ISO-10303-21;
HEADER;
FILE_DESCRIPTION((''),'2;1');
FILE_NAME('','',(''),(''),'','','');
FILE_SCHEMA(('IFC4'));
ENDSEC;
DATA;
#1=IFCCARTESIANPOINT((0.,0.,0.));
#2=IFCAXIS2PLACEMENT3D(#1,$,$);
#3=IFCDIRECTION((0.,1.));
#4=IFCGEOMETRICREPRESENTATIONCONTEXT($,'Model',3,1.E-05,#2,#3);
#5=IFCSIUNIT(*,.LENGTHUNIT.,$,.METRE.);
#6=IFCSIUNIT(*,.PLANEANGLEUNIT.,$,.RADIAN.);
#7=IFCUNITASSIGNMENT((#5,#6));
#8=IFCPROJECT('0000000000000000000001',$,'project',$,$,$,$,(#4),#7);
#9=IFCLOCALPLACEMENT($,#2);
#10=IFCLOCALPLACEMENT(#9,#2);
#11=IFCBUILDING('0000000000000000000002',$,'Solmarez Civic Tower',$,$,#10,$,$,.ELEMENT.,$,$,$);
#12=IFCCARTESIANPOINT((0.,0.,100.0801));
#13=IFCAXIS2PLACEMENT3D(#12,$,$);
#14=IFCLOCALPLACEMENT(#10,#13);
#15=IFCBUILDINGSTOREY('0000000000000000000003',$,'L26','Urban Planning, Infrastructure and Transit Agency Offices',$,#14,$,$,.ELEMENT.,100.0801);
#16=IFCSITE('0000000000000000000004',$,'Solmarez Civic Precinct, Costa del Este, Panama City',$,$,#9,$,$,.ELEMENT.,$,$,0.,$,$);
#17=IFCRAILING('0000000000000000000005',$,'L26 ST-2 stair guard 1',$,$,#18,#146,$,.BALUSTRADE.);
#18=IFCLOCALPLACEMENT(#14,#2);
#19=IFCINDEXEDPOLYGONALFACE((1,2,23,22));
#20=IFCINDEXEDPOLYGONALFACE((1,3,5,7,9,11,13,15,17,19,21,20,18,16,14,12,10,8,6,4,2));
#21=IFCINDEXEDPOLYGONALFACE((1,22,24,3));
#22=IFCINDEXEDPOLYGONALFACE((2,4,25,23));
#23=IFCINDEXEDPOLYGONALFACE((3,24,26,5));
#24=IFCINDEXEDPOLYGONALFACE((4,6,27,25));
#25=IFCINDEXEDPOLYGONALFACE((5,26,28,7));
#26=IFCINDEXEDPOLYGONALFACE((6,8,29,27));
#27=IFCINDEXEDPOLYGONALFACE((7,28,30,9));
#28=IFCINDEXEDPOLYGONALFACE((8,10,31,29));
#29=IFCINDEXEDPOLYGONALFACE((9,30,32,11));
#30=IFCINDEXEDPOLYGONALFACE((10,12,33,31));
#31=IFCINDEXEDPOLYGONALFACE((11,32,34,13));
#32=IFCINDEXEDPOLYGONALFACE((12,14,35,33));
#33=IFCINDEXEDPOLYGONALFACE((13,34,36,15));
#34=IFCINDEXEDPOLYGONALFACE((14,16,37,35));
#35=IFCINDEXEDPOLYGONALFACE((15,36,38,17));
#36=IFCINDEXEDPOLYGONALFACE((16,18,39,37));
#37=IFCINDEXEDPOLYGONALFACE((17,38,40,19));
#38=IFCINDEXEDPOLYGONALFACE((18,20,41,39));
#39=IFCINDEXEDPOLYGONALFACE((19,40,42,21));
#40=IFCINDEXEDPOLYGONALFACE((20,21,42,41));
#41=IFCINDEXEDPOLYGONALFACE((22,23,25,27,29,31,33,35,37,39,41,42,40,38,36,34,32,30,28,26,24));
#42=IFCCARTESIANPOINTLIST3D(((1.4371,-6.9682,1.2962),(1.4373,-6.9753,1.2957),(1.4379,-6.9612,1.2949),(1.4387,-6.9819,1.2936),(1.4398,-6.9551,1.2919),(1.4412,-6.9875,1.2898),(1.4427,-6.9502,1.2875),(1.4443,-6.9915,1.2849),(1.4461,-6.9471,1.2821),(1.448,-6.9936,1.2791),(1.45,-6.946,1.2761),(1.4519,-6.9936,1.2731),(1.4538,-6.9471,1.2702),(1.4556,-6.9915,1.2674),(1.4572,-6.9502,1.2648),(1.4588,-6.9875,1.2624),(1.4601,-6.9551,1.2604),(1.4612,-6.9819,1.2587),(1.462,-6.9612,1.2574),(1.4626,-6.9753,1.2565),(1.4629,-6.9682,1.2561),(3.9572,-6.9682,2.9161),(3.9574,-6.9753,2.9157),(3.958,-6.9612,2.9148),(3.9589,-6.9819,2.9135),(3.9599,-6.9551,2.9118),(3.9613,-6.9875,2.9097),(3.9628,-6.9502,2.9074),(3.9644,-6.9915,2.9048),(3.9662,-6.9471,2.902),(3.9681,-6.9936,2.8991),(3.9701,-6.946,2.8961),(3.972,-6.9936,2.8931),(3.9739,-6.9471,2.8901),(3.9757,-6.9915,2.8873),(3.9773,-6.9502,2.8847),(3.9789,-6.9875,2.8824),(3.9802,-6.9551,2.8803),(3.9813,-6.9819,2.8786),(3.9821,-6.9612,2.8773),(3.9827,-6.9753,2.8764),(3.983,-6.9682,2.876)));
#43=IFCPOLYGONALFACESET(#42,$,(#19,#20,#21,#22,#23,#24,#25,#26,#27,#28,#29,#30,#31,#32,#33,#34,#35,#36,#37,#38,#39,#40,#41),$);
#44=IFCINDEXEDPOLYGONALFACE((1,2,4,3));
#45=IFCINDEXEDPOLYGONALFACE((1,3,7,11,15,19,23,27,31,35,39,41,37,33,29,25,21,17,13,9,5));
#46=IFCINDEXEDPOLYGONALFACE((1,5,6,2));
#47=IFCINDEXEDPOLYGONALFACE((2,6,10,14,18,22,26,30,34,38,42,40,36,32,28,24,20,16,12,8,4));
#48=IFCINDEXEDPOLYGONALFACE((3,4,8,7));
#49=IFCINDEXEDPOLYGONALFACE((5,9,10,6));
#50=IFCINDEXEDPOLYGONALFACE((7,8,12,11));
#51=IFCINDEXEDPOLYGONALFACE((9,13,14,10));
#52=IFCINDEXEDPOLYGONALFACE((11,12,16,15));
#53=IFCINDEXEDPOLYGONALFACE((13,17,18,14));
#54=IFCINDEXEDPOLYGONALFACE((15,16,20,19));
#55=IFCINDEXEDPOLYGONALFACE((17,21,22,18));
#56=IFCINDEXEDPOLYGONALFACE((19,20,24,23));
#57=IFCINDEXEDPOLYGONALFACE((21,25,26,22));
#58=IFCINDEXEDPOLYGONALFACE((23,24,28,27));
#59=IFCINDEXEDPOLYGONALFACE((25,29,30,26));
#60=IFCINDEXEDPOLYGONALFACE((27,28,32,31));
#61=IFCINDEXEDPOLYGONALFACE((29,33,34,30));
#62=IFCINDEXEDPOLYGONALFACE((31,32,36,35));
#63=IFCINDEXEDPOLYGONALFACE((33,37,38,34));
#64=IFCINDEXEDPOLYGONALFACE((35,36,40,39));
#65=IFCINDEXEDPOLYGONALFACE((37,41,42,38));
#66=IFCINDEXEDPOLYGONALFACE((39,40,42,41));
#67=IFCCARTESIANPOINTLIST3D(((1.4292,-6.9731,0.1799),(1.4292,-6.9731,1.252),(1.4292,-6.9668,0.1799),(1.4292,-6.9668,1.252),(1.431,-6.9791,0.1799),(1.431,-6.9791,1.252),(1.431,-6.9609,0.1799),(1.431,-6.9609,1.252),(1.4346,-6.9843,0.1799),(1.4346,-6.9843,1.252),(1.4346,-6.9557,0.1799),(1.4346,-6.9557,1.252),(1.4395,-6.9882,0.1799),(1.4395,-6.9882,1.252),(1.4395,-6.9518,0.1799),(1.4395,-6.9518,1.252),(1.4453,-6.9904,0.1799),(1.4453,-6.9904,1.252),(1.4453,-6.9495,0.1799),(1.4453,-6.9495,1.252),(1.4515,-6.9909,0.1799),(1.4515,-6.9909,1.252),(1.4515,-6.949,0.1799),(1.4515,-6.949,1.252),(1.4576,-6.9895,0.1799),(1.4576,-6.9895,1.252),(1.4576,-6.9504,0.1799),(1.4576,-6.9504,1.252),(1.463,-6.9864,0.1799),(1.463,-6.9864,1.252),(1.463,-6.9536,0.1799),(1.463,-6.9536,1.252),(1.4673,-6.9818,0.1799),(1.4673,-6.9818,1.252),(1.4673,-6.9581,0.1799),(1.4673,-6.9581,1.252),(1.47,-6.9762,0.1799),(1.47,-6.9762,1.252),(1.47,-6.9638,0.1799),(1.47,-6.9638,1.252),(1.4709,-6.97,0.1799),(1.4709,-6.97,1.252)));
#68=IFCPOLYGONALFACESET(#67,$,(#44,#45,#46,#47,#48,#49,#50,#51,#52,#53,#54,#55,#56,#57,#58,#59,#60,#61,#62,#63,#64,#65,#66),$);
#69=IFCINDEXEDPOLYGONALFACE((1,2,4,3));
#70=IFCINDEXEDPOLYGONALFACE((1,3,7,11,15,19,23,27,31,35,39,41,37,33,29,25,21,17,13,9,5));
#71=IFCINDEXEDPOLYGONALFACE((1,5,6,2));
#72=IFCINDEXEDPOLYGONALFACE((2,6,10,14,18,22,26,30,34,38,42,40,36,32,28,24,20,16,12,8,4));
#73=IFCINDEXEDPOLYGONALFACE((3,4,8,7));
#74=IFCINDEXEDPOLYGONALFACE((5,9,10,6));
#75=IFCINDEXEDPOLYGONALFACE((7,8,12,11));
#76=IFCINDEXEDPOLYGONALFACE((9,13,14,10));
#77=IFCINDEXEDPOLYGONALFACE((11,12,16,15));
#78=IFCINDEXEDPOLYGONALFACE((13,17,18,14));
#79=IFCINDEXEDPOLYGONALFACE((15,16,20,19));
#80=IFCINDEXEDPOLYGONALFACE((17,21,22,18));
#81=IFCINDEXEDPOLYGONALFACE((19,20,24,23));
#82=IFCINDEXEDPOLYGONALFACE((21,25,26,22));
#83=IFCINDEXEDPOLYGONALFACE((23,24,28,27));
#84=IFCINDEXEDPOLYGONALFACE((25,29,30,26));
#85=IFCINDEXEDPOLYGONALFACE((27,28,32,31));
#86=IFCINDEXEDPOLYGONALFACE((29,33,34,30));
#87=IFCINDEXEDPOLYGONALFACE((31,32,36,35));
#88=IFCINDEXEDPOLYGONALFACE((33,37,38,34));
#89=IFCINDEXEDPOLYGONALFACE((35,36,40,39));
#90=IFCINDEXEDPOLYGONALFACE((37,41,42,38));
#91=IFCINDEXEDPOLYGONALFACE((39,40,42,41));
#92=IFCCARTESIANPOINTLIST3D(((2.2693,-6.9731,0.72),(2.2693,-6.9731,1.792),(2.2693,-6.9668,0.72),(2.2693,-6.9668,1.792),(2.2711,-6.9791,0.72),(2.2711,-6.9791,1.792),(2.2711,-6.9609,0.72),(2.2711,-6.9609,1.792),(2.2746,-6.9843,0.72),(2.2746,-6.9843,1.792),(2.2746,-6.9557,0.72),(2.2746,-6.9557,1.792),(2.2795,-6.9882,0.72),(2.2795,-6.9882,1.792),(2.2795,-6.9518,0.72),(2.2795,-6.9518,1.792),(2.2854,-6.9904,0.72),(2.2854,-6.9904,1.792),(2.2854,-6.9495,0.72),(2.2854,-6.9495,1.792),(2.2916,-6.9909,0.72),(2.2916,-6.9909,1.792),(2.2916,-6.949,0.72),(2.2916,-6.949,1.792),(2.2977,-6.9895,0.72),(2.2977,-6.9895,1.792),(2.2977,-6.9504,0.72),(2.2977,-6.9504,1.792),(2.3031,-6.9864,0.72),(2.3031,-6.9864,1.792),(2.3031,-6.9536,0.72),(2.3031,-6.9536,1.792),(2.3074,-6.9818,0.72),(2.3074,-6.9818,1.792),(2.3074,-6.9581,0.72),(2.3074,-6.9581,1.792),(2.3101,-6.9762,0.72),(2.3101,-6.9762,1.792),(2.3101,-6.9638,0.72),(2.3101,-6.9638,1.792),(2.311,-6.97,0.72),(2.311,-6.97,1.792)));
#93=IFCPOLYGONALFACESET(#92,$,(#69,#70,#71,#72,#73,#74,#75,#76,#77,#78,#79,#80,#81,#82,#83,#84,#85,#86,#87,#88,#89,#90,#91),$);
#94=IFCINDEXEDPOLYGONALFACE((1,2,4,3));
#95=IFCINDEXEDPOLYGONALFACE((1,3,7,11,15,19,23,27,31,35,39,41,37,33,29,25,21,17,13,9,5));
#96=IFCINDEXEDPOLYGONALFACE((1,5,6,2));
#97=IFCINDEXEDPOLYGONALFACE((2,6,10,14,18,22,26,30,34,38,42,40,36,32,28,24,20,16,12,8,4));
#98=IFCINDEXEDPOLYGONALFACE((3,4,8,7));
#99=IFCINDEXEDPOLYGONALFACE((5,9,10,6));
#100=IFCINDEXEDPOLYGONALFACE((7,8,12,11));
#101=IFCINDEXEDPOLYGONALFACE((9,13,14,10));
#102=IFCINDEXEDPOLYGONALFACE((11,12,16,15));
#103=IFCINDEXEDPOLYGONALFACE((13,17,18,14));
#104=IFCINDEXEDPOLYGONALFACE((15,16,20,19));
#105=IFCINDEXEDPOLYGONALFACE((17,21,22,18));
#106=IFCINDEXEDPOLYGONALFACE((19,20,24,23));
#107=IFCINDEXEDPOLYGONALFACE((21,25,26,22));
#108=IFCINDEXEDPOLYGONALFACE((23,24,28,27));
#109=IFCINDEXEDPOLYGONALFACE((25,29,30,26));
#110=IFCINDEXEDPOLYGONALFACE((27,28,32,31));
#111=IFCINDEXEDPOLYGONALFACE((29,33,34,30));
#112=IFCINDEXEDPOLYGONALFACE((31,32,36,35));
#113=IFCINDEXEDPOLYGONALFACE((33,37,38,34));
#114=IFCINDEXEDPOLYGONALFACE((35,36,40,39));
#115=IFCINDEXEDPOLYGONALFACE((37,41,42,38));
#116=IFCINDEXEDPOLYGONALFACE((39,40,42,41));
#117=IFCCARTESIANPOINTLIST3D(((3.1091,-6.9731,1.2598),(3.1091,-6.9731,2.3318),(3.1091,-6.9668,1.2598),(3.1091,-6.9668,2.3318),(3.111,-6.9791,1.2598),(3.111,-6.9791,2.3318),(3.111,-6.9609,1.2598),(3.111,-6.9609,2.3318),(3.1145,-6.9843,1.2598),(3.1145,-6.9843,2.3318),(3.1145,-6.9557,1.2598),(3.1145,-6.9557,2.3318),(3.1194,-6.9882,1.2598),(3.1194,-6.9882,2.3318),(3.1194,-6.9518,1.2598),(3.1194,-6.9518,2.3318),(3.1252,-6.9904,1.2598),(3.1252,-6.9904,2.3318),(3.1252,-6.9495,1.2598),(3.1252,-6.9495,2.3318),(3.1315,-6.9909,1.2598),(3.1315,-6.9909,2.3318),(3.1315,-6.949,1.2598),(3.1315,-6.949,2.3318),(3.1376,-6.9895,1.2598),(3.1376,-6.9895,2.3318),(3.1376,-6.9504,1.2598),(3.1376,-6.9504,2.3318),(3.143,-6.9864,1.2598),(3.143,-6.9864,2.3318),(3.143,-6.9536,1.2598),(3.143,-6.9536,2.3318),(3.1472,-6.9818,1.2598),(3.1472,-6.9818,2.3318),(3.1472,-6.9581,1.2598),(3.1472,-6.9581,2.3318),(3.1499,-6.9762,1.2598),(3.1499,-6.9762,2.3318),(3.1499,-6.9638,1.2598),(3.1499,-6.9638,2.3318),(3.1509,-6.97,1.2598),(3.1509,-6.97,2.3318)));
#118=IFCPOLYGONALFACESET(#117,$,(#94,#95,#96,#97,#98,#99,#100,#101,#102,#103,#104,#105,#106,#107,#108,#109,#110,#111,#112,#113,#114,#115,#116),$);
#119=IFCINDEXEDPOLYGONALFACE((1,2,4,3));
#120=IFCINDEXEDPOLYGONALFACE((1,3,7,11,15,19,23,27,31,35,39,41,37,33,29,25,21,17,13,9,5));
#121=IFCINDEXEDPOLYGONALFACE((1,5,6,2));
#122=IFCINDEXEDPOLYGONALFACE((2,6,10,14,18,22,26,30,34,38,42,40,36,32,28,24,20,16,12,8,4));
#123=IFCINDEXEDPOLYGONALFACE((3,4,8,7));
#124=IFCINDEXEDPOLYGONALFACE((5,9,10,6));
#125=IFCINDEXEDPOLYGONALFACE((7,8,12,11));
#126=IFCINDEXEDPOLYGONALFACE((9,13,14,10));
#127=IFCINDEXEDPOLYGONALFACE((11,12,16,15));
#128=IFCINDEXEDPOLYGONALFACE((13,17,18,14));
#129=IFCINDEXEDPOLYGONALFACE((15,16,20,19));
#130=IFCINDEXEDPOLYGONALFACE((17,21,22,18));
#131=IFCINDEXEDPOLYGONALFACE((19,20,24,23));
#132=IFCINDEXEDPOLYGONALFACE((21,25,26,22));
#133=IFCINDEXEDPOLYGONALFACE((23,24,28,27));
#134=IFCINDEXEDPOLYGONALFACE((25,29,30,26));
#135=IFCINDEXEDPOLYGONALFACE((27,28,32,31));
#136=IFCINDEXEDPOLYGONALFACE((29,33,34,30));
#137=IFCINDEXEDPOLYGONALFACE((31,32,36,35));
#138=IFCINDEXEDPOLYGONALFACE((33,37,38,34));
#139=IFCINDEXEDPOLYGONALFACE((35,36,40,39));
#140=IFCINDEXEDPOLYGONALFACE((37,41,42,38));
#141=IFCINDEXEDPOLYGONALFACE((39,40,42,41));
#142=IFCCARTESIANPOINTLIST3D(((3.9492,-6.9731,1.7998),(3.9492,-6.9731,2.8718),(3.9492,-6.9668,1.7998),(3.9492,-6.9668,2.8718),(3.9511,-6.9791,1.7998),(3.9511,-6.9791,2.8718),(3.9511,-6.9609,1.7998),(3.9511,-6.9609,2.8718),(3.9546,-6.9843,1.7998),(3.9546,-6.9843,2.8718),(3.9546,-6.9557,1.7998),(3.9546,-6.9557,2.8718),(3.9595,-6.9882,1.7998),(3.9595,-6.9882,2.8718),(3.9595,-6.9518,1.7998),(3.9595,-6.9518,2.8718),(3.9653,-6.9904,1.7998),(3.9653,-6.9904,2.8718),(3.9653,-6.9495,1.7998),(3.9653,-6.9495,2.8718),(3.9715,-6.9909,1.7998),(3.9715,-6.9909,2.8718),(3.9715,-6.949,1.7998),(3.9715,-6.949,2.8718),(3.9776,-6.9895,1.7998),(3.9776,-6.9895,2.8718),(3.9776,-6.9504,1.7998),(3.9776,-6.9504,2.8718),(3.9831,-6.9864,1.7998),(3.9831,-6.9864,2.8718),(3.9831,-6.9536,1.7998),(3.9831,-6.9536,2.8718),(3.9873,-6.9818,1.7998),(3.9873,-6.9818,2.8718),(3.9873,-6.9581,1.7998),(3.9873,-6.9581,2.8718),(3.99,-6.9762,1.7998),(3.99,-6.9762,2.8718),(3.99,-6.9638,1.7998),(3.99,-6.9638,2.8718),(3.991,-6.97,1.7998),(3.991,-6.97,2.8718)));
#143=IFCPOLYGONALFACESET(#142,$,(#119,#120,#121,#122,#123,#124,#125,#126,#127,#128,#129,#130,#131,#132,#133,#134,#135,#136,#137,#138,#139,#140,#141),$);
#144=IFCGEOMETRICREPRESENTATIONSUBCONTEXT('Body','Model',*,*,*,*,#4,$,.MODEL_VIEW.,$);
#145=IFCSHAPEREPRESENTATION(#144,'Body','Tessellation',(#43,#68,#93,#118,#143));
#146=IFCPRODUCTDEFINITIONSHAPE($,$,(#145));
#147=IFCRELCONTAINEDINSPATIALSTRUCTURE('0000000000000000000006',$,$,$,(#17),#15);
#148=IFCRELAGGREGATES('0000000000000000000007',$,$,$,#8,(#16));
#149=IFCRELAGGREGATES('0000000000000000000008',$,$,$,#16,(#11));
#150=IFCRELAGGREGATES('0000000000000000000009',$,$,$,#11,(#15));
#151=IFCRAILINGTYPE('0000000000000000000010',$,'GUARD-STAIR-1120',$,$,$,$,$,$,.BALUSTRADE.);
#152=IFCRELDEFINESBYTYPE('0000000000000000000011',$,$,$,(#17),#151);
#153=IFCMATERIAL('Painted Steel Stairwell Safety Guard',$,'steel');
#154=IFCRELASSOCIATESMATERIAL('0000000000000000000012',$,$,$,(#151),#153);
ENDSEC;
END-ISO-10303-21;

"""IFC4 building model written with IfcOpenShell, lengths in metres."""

from ifc_helpers import new_model, si_unit, direction, frame, origin, origin_2d, place, context, subcontext, project, spatial, circle, extrude, material, type_object, element, save


model = new_model("IFC4")

# Units and contexts
model_context = context("Model", 3, precision=1e-05, world=origin(), true_north=direction((0.0, 1.0)))
body_context = subcontext(model_context, "Body", "Model", "MODEL_VIEW")
ifc_project = project(units=[si_unit("LENGTHUNIT", "METRE"), si_unit("PLANEANGLEUNIT", "RADIAN")], contexts=[model_context])

# Site, building, storey
site_placement = place(None, origin())
site = spatial("IfcSite", under=ifc_project, at=site_placement, Name="Solmarez Civic Precinct, Costa del Este, Panama City", CompositionType="ELEMENT", RefElevation=0.0)
building_placement = place(site_placement, origin())
building = spatial("IfcBuilding", under=site, at=building_placement, Name="Solmarez Civic Tower", CompositionType="ELEMENT")
storey_placement = place(building_placement, frame((0.0, 0.0, 100.0801)))
storey = spatial("IfcBuildingStorey", under=building, at=storey_placement, Name="L26", Description="Urban Planning, Infrastructure and Transit Agency Offices", CompositionType="ELEMENT", Elevation=100.0801)

# Railing
ifc_material_1 = material(Name="Painted Steel Stairwell Safety Guard", Category="steel")
railing_type_1 = type_object("IfcRailingType", Name="GUARD-STAIR-1120", PredefinedType="BALUSTRADE", material=ifc_material_1)
railing_1_placement = place(storey_placement, frame((1.45, -6.97, 0.1799)))
element("IfcRailing", 1, at=railing_1_placement, inside=storey, type_object=railing_type_1, Name="L26 ST-2 stair guard 1", PredefinedType="BALUSTRADE", context=body_context, shape_type="SweptSolid", body=[
    extrude(circle(Radius=0.0239, at=origin_2d()), frame((0.0, 0.0, 1.0962), z_axis=(0.8412, 0.0, 0.540725), x_axis=(0.0, 1.0, 0.0)), (0.0, 0.0, 1.0), 2.9958),
    extrude(circle(Radius=0.021, at=origin_2d()), origin(), (0.0, 0.0, 1.0), 1.072),
    extrude(circle(Radius=0.021, at=origin_2d()), frame((0.8401, 0.0, 0.54)), (0.0, 0.0, 1.0), 1.072),
    extrude(circle(Radius=0.021, at=origin_2d()), frame((1.6799, 0.0, 1.0798)), (0.0, 0.0, 1.0), 1.072),
    extrude(circle(Radius=0.021, at=origin_2d()), frame((2.52, 0.0, 1.6199)), (0.0, 0.0, 1.0), 1.072),
])

save(model, "model.ifc")
